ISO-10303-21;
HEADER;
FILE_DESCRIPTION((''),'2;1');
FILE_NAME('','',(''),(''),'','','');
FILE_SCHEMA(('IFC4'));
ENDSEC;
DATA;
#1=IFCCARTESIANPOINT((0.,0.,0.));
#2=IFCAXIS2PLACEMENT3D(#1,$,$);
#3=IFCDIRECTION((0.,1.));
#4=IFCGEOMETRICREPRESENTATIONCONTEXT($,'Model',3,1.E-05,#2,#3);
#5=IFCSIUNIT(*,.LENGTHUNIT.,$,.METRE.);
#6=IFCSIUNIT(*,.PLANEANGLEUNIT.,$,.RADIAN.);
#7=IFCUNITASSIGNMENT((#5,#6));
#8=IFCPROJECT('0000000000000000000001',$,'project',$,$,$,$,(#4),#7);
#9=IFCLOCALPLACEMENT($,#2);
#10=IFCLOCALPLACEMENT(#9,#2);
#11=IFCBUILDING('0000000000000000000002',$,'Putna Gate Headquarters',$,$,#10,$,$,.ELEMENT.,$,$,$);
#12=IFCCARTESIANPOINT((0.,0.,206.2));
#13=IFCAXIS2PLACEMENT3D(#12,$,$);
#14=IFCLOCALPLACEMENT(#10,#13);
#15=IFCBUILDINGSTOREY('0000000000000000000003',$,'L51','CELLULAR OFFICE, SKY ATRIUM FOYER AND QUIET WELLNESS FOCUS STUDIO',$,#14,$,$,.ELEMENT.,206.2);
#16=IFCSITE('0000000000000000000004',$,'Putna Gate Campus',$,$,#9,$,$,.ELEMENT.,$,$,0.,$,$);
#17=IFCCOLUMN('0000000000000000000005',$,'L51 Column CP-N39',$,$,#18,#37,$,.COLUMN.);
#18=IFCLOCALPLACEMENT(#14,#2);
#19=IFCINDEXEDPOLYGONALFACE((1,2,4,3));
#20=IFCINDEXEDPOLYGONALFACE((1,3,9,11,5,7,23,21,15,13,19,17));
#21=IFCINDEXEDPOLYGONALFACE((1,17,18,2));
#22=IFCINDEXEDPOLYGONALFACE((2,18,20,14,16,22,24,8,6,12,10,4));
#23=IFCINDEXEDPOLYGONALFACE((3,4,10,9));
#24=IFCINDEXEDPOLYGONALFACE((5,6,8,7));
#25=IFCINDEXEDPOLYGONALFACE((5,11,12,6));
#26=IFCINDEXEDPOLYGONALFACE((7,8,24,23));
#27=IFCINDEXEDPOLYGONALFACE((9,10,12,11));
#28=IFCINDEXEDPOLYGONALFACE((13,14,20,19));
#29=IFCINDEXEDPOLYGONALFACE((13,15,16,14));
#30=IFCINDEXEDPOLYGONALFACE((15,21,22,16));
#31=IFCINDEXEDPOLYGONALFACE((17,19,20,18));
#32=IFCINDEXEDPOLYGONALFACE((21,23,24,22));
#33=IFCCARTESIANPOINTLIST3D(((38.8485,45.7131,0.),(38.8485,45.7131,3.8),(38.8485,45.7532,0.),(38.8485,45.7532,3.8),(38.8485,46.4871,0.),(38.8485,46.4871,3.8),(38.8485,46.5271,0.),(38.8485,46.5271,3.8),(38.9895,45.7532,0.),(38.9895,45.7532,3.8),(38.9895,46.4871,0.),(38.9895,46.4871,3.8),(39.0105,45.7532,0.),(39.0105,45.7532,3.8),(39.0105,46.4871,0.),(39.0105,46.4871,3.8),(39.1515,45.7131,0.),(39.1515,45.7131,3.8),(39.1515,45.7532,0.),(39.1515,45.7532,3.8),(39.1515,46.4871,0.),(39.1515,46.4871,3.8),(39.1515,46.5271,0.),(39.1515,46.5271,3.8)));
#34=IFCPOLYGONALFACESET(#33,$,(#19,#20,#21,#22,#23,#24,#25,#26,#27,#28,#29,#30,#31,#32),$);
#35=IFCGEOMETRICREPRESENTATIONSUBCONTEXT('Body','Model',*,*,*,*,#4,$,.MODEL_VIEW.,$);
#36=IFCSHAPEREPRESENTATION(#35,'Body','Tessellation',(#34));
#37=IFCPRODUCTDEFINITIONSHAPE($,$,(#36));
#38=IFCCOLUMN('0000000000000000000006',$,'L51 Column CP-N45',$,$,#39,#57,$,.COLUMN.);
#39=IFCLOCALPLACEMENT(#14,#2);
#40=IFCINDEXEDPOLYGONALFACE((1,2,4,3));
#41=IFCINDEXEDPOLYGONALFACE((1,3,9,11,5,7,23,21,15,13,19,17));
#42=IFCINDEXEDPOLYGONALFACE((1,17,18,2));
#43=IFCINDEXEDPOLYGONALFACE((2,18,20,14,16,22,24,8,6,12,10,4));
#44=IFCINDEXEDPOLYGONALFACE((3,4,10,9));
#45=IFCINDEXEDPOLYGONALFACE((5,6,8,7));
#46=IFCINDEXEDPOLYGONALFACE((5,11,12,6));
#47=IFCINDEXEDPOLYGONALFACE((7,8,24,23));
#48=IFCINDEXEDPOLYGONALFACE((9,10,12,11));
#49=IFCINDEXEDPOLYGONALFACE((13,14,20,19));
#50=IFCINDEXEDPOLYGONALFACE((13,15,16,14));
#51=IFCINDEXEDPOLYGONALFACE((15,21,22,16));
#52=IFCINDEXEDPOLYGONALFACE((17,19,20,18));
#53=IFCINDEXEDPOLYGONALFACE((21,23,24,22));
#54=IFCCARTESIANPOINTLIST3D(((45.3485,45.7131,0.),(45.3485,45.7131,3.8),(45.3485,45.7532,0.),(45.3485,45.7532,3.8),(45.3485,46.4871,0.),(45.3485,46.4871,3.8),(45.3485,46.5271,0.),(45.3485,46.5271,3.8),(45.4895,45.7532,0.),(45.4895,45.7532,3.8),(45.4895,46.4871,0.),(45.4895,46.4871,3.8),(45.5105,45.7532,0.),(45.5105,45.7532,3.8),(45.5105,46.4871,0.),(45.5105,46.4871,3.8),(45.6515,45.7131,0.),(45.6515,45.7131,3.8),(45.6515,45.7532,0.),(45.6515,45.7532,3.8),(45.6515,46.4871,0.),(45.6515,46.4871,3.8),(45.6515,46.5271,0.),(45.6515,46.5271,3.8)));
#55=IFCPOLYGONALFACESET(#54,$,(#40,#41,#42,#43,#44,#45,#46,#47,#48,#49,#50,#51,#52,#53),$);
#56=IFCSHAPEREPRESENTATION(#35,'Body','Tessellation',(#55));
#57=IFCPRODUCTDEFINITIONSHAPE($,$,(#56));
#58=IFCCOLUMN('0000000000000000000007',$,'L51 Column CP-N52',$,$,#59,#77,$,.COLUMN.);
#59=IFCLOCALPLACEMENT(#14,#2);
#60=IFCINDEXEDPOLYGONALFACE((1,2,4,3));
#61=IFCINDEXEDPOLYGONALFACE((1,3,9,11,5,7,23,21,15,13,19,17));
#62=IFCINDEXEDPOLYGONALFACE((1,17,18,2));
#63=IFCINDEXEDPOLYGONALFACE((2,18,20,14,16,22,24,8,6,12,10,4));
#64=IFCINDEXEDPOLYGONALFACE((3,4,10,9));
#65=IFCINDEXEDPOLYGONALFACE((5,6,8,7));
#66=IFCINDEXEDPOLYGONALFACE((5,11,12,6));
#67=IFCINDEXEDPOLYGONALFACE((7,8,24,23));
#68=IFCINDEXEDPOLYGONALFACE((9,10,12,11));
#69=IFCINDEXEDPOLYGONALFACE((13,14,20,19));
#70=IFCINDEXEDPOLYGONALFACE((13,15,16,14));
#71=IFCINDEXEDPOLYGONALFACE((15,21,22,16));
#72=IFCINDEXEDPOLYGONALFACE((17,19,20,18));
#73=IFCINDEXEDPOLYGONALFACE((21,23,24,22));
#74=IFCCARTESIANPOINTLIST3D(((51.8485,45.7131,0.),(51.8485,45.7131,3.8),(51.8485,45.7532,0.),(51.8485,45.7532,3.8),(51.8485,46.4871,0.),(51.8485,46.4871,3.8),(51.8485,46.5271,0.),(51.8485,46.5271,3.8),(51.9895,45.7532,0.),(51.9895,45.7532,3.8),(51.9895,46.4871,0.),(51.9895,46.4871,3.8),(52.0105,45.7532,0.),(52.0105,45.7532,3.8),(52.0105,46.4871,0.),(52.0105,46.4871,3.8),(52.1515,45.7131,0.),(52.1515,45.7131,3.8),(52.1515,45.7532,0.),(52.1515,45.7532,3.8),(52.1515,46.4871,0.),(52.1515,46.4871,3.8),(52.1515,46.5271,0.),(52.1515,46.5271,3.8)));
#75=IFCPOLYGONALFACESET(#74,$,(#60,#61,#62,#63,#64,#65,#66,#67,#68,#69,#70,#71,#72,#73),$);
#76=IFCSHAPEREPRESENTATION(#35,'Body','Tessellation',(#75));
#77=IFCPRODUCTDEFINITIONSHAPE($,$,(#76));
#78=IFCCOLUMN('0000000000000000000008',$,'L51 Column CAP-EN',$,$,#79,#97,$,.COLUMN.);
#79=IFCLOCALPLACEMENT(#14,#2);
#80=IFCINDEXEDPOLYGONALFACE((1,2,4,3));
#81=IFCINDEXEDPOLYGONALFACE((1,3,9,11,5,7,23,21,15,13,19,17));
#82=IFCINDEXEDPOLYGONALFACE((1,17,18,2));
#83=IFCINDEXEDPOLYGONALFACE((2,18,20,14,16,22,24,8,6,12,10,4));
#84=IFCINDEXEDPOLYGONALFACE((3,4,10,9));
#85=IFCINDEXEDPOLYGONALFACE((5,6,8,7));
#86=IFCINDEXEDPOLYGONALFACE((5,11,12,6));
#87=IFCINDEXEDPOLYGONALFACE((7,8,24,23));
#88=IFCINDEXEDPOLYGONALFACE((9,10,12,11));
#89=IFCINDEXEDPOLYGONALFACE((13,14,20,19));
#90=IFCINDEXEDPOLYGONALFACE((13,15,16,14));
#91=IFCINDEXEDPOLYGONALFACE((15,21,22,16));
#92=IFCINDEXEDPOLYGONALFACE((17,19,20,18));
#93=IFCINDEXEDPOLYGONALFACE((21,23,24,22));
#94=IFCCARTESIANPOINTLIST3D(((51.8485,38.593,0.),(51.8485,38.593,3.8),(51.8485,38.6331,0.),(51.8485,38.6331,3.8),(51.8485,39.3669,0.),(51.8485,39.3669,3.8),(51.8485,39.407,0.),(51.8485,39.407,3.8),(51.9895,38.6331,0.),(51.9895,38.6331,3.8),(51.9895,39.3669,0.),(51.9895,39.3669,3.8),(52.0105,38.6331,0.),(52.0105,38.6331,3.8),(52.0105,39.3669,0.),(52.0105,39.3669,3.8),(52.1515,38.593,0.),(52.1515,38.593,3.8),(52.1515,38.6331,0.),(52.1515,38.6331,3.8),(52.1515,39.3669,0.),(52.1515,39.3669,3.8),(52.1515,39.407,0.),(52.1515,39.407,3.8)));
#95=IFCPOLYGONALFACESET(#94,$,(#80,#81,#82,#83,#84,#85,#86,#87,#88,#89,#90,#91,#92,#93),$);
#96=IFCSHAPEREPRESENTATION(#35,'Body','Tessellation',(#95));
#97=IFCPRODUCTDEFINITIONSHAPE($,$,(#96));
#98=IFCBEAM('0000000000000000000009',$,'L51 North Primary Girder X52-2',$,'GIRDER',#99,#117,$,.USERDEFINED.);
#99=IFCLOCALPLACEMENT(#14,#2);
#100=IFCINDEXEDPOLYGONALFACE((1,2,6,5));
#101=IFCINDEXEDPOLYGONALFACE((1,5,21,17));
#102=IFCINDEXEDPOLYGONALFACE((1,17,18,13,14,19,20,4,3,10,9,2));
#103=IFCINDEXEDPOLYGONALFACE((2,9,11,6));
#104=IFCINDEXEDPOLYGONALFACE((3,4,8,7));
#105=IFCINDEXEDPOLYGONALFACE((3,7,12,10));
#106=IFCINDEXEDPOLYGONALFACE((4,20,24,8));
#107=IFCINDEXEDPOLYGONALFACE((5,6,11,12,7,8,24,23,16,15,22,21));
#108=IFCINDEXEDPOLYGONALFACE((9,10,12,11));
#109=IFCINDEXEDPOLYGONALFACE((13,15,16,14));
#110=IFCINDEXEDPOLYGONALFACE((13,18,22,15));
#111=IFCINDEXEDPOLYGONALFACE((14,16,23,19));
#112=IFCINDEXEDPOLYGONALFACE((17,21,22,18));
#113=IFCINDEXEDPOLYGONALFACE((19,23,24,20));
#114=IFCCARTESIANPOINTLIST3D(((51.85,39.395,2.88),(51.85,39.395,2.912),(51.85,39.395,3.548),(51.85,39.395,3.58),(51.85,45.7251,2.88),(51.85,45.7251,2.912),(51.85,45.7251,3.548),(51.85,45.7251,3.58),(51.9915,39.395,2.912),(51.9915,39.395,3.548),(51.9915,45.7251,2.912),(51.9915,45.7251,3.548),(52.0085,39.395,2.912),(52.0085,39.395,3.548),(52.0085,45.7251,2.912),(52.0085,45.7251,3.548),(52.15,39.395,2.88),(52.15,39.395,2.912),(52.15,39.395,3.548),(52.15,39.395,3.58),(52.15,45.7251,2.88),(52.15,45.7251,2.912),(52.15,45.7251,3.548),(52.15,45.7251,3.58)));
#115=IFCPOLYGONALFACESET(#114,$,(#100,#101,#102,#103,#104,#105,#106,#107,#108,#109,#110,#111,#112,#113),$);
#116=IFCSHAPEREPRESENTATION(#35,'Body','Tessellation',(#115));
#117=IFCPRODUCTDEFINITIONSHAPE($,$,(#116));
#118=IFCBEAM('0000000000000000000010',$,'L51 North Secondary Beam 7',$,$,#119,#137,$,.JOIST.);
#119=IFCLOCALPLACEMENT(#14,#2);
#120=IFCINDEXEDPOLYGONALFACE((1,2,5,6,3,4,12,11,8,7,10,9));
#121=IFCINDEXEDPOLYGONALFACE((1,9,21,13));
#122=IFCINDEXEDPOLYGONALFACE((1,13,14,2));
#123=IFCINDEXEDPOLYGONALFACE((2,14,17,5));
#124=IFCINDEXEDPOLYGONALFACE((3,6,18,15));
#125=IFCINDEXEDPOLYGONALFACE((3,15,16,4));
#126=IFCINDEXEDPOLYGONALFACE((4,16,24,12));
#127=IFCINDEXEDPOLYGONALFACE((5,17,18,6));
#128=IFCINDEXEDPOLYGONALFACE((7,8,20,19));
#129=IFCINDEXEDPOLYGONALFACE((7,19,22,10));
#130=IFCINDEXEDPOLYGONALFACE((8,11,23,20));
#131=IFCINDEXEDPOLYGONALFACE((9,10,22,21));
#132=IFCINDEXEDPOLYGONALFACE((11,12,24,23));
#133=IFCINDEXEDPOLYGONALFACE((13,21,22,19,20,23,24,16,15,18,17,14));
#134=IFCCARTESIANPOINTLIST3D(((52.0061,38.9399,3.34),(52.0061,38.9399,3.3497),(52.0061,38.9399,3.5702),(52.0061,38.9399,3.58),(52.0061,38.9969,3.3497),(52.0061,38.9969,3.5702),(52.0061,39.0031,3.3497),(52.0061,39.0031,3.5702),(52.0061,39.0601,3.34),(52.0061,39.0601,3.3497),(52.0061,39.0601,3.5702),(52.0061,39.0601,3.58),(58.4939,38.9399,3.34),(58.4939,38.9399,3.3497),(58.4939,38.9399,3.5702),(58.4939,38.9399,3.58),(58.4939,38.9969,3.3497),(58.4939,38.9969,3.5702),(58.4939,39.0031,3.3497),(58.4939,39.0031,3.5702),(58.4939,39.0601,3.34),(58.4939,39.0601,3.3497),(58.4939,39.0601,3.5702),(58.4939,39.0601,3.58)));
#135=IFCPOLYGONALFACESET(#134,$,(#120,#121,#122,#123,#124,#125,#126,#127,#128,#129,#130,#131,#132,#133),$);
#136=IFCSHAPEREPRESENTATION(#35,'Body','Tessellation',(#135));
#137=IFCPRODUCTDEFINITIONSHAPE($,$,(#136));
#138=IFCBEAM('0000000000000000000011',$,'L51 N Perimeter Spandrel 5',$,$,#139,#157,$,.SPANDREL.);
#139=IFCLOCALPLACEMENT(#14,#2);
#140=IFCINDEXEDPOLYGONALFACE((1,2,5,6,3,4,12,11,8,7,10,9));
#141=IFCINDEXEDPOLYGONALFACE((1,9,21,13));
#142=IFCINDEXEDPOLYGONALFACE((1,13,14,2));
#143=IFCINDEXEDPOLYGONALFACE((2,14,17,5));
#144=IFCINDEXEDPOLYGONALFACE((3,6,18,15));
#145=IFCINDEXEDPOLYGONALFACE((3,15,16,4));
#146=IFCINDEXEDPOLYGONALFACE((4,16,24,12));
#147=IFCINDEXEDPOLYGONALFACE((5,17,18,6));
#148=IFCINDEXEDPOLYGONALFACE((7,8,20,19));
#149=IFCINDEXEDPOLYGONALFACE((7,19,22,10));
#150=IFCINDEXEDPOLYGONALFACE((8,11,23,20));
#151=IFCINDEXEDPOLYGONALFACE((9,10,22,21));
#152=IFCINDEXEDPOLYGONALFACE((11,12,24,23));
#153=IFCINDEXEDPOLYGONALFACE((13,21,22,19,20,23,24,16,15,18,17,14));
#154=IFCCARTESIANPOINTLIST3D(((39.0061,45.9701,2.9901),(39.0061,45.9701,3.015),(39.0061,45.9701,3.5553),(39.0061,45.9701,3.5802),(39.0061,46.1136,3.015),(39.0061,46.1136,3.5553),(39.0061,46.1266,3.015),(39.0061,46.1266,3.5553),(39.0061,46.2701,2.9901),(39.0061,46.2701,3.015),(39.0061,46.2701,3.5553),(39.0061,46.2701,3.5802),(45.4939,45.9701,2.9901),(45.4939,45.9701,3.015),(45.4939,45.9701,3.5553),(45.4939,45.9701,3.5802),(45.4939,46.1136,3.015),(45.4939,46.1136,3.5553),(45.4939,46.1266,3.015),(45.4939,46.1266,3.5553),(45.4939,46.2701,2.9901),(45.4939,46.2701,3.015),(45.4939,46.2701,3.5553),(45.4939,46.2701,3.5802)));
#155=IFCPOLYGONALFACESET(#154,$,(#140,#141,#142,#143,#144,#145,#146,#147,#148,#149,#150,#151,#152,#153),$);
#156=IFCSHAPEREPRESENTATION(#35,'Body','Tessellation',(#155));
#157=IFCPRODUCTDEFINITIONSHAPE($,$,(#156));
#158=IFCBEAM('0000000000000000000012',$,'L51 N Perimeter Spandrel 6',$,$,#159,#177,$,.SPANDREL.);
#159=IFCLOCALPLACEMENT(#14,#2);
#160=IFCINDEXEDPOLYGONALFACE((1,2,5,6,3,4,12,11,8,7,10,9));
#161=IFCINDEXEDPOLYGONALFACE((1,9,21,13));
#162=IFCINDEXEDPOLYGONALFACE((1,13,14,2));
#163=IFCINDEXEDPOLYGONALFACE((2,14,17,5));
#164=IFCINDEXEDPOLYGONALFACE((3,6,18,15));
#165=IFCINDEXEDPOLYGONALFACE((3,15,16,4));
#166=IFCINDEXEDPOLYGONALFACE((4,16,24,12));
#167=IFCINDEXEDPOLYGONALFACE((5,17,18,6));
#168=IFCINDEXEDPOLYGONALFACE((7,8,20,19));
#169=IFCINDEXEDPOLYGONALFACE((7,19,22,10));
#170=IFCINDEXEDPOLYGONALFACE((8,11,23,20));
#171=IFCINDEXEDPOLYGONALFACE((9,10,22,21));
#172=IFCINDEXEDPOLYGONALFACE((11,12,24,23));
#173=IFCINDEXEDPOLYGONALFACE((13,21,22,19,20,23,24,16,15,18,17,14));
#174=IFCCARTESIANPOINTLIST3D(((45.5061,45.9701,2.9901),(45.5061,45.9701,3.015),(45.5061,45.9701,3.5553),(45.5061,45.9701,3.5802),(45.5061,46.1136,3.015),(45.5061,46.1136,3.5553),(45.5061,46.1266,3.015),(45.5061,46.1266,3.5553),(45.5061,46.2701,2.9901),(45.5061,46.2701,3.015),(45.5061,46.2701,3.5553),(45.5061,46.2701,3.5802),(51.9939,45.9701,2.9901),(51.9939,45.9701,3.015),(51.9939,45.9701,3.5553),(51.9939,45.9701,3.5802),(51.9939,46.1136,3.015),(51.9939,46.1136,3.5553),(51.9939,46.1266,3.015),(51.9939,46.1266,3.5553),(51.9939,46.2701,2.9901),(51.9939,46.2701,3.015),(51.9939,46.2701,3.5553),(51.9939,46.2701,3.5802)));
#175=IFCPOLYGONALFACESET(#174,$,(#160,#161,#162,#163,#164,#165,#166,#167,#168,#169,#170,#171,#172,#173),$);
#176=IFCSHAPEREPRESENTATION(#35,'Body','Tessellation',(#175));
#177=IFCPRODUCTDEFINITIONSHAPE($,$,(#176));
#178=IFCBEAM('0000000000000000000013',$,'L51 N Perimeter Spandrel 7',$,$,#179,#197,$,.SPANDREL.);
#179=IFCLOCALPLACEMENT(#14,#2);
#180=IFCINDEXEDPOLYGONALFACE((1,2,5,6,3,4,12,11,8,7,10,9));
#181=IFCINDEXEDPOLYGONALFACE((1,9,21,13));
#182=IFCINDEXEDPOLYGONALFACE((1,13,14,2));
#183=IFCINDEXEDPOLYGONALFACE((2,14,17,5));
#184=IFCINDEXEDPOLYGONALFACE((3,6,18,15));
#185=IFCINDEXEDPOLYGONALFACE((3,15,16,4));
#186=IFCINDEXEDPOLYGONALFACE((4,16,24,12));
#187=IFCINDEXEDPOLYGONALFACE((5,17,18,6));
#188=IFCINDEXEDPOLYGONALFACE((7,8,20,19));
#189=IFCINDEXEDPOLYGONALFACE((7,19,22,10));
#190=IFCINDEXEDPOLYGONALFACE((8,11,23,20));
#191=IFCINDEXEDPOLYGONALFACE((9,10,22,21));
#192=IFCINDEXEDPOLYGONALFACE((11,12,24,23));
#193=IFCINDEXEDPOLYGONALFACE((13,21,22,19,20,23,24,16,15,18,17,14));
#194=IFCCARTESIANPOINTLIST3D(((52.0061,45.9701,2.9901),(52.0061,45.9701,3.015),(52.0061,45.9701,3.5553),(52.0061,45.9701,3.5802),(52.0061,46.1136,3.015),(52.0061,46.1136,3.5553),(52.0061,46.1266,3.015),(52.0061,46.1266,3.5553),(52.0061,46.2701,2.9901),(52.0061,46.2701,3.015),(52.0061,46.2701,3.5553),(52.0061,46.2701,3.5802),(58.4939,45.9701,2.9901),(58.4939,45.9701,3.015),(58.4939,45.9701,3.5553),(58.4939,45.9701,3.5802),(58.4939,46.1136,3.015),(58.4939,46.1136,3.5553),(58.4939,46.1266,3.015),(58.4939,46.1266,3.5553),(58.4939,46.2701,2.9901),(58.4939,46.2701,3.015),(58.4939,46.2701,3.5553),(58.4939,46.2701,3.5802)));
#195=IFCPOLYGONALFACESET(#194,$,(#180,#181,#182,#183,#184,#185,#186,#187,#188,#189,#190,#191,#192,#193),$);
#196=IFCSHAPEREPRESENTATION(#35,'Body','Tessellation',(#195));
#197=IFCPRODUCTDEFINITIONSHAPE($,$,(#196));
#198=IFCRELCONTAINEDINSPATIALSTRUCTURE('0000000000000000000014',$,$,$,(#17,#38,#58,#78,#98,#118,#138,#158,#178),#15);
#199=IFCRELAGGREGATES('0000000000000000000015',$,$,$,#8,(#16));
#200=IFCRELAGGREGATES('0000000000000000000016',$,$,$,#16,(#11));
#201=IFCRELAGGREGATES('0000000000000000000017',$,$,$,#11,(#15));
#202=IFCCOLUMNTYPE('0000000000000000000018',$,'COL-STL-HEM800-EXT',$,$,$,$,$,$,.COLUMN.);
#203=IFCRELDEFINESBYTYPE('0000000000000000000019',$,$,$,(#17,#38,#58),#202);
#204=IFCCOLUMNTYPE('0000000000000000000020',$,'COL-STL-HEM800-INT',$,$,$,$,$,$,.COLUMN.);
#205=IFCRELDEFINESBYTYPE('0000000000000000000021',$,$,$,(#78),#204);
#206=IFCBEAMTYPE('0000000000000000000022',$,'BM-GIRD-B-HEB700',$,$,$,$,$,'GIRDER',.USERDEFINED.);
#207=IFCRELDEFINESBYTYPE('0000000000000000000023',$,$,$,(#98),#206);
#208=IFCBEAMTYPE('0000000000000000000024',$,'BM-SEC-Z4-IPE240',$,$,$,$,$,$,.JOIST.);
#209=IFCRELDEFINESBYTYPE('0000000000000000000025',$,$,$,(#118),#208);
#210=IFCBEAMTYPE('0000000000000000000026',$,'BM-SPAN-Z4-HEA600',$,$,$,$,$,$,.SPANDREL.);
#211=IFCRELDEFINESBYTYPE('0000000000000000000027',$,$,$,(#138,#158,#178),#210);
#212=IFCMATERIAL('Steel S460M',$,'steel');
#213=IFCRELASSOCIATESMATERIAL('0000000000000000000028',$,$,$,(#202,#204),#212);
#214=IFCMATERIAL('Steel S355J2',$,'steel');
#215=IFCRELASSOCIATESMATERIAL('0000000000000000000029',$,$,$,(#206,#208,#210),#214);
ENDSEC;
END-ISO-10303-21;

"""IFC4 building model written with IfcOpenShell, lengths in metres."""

from ifc_helpers import new_model, si_unit, direction, frame, origin, origin_2d, place, context, subcontext, project, spatial, i_section, extrude, material, material_profile, profile_set, type_object, element, save


model = new_model("IFC4")

# Units and contexts
model_context = context("Model", 3, precision=1e-05, world=origin(), true_north=direction((0.0, 1.0)))
body_context = subcontext(model_context, "Body", "Model", "MODEL_VIEW")
ifc_project = project(units=[si_unit("LENGTHUNIT", "METRE"), si_unit("PLANEANGLEUNIT", "RADIAN")], contexts=[model_context])

# Site, building, storey
site_placement = place(None, origin())
site = spatial("IfcSite", under=ifc_project, at=site_placement, Name="Putna Gate Campus", CompositionType="ELEMENT", RefElevation=0.0)
building_placement = place(site_placement, origin())
building = spatial("IfcBuilding", under=site, at=building_placement, Name="Putna Gate Headquarters", CompositionType="ELEMENT")
storey_placement = place(building_placement, frame((0.0, 0.0, 206.2)))
storey = spatial("IfcBuildingStorey", under=building, at=storey_placement, Name="L51", Description="CELLULAR OFFICE, SKY ATRIUM FOYER AND QUIET WELLNESS FOCUS STUDIO", CompositionType="ELEMENT", Elevation=206.2)

# Columns
ifc_material_1 = material(Name="Steel S460M", Category="steel")
ifc_material_profile_1 = material_profile(ifc_material_1, i_section(OverallWidth=0.303, OverallDepth=0.814, WebThickness=0.021, FlangeThickness=0.04, at=origin_2d()), Name="Steel S460M")
ifc_profile_set_1 = profile_set([ifc_material_profile_1], Name="Steel S460M")
column_type_1 = type_object("IfcColumnType", Name="COL-STL-HEM800-EXT", PredefinedType="COLUMN", material=ifc_profile_set_1)
for number, where, z_axis, x_axis, name in (
    (1, (39.0, 46.1201, 0.0), (0.0, 0.0, 1.0), (1.0, 0.0, 0.0), "L51 Column CP-N39"),
    (2, (45.5, 46.1201, 0.0), (0.0, 0.0, 1.0), (1.0, 0.0, 0.0), "L51 Column CP-N45"),
    (3, (52.0, 46.1201, 0.0), (0.0, 0.0, 1.0), (1.0, 0.0, 0.0), "L51 Column CP-N52"),
):
    element("IfcColumn", number, at=place(storey_placement, frame(where, z_axis=z_axis, x_axis=x_axis)), inside=storey, type_object=column_type_1, Name=name, PredefinedType="COLUMN", context=body_context, shape_type="SweptSolid", body=[
        extrude(i_section(OverallWidth=0.303, OverallDepth=0.814, WebThickness=0.021, FlangeThickness=0.04, at=origin_2d()), origin(), (0.0, 0.0, 1.0), 3.8),
    ])
ifc_material_profile_2 = material_profile(ifc_material_1, i_section(OverallWidth=0.303, OverallDepth=0.814, WebThickness=0.021, FlangeThickness=0.04, at=origin_2d()), Name="Steel S460M")
ifc_profile_set_2 = profile_set([ifc_material_profile_2], Name="Steel S460M")
column_type_2 = type_object("IfcColumnType", Name="COL-STL-HEM800-INT", PredefinedType="COLUMN", material=ifc_profile_set_2)
column_placement = place(storey_placement, frame((52.0, 39.0, 0.0), z_axis=(0.0, 0.0, 1.0), x_axis=(1.0, 0.0, 0.0)))
element("IfcColumn", 4, at=column_placement, inside=storey, type_object=column_type_2, Name="L51 Column CAP-EN", PredefinedType="COLUMN", context=body_context, shape_type="SweptSolid", body=[
    extrude(i_section(OverallWidth=0.303, OverallDepth=0.814, WebThickness=0.021, FlangeThickness=0.04, at=origin_2d()), origin(), (0.0, 0.0, 1.0), 3.8),
])

# Beams
ifc_material_2 = material(Name="Steel S355J2", Category="steel")
ifc_material_profile_3 = material_profile(ifc_material_2, i_section(OverallWidth=0.3, OverallDepth=0.7, WebThickness=0.0171, FlangeThickness=0.032, at=origin_2d()), Name="Steel S355J2")
ifc_profile_set_3 = profile_set([ifc_material_profile_3], Name="Steel S355J2")
beam_type_1 = type_object("IfcBeamType", Name="BM-GIRD-B-HEB700", ElementType="GIRDER", PredefinedType="USERDEFINED", material=ifc_profile_set_3)
beam_1_placement = place(storey_placement, frame((52.0, 39.395, 3.23), z_axis=(0.0, 1.0, 0.0), x_axis=(-1.0, 0.0, 0.0)))
element("IfcBeam", 5, at=beam_1_placement, inside=storey, type_object=beam_type_1, Name="L51 North Primary Girder X52-2", ObjectType="GIRDER", PredefinedType="USERDEFINED", context=body_context, shape_type="SweptSolid", body=[
    extrude(i_section(OverallWidth=0.3, OverallDepth=0.7, WebThickness=0.0171, FlangeThickness=0.032, at=origin_2d()), origin(), (0.0, 0.0, 1.0), 6.3301),
])
ifc_material_profile_4 = material_profile(ifc_material_2, i_section(OverallWidth=0.1201, OverallDepth=0.24, WebThickness=0.0061, FlangeThickness=0.0098, at=origin_2d()), Name="Steel S355J2")
ifc_profile_set_4 = profile_set([ifc_material_profile_4], Name="Steel S355J2")
beam_type_2 = type_object("IfcBeamType", Name="BM-SEC-Z4-IPE240", PredefinedType="JOIST", material=ifc_profile_set_4)
beam_2_placement = place(storey_placement, frame((52.0061, 39.0, 3.46), z_axis=(1.0, 0.0, 0.0), x_axis=(0.0, 1.0, 0.0)))
element("IfcBeam", 6, at=beam_2_placement, inside=storey, type_object=beam_type_2, Name="L51 North Secondary Beam 7", PredefinedType="JOIST", context=body_context, shape_type="SweptSolid", body=[
    extrude(i_section(OverallWidth=0.1201, OverallDepth=0.24, WebThickness=0.0061, FlangeThickness=0.0098, at=origin_2d()), origin(), (0.0, 0.0, 1.0), 6.4878),
])
ifc_material_profile_5 = material_profile(ifc_material_2, i_section(OverallWidth=0.3, OverallDepth=0.5901, WebThickness=0.0129, FlangeThickness=0.0249, at=origin_2d()), Name="Steel S355J2")
ifc_profile_set_5 = profile_set([ifc_material_profile_5], Name="Steel S355J2")
beam_type_3 = type_object("IfcBeamType", Name="BM-SPAN-Z4-HEA600", PredefinedType="SPANDREL", material=ifc_profile_set_5)
for number, where, z_axis, x_axis, name in (
    (7, (39.0061, 46.1201, 3.2852), (1.0, 0.0, 0.0), (0.0, 1.0, 0.0), "L51 N Perimeter Spandrel 5"),
    (8, (45.5061, 46.1201, 3.2852), (1.0, 0.0, 0.0), (0.0, 1.0, 0.0), "L51 N Perimeter Spandrel 6"),
    (9, (52.0061, 46.1201, 3.2852), (1.0, 0.0, 0.0), (0.0, 1.0, 0.0), "L51 N Perimeter Spandrel 7"),
):
    element("IfcBeam", number, at=place(storey_placement, frame(where, z_axis=z_axis, x_axis=x_axis)), inside=storey, type_object=beam_type_3, Name=name, PredefinedType="SPANDREL", context=body_context, shape_type="SweptSolid", body=[
        extrude(i_section(OverallWidth=0.3, OverallDepth=0.5901, WebThickness=0.0129, FlangeThickness=0.0249, at=origin_2d()), origin(), (0.0, 0.0, 1.0), 6.4878),
    ])

save(model, "model.ifc")
